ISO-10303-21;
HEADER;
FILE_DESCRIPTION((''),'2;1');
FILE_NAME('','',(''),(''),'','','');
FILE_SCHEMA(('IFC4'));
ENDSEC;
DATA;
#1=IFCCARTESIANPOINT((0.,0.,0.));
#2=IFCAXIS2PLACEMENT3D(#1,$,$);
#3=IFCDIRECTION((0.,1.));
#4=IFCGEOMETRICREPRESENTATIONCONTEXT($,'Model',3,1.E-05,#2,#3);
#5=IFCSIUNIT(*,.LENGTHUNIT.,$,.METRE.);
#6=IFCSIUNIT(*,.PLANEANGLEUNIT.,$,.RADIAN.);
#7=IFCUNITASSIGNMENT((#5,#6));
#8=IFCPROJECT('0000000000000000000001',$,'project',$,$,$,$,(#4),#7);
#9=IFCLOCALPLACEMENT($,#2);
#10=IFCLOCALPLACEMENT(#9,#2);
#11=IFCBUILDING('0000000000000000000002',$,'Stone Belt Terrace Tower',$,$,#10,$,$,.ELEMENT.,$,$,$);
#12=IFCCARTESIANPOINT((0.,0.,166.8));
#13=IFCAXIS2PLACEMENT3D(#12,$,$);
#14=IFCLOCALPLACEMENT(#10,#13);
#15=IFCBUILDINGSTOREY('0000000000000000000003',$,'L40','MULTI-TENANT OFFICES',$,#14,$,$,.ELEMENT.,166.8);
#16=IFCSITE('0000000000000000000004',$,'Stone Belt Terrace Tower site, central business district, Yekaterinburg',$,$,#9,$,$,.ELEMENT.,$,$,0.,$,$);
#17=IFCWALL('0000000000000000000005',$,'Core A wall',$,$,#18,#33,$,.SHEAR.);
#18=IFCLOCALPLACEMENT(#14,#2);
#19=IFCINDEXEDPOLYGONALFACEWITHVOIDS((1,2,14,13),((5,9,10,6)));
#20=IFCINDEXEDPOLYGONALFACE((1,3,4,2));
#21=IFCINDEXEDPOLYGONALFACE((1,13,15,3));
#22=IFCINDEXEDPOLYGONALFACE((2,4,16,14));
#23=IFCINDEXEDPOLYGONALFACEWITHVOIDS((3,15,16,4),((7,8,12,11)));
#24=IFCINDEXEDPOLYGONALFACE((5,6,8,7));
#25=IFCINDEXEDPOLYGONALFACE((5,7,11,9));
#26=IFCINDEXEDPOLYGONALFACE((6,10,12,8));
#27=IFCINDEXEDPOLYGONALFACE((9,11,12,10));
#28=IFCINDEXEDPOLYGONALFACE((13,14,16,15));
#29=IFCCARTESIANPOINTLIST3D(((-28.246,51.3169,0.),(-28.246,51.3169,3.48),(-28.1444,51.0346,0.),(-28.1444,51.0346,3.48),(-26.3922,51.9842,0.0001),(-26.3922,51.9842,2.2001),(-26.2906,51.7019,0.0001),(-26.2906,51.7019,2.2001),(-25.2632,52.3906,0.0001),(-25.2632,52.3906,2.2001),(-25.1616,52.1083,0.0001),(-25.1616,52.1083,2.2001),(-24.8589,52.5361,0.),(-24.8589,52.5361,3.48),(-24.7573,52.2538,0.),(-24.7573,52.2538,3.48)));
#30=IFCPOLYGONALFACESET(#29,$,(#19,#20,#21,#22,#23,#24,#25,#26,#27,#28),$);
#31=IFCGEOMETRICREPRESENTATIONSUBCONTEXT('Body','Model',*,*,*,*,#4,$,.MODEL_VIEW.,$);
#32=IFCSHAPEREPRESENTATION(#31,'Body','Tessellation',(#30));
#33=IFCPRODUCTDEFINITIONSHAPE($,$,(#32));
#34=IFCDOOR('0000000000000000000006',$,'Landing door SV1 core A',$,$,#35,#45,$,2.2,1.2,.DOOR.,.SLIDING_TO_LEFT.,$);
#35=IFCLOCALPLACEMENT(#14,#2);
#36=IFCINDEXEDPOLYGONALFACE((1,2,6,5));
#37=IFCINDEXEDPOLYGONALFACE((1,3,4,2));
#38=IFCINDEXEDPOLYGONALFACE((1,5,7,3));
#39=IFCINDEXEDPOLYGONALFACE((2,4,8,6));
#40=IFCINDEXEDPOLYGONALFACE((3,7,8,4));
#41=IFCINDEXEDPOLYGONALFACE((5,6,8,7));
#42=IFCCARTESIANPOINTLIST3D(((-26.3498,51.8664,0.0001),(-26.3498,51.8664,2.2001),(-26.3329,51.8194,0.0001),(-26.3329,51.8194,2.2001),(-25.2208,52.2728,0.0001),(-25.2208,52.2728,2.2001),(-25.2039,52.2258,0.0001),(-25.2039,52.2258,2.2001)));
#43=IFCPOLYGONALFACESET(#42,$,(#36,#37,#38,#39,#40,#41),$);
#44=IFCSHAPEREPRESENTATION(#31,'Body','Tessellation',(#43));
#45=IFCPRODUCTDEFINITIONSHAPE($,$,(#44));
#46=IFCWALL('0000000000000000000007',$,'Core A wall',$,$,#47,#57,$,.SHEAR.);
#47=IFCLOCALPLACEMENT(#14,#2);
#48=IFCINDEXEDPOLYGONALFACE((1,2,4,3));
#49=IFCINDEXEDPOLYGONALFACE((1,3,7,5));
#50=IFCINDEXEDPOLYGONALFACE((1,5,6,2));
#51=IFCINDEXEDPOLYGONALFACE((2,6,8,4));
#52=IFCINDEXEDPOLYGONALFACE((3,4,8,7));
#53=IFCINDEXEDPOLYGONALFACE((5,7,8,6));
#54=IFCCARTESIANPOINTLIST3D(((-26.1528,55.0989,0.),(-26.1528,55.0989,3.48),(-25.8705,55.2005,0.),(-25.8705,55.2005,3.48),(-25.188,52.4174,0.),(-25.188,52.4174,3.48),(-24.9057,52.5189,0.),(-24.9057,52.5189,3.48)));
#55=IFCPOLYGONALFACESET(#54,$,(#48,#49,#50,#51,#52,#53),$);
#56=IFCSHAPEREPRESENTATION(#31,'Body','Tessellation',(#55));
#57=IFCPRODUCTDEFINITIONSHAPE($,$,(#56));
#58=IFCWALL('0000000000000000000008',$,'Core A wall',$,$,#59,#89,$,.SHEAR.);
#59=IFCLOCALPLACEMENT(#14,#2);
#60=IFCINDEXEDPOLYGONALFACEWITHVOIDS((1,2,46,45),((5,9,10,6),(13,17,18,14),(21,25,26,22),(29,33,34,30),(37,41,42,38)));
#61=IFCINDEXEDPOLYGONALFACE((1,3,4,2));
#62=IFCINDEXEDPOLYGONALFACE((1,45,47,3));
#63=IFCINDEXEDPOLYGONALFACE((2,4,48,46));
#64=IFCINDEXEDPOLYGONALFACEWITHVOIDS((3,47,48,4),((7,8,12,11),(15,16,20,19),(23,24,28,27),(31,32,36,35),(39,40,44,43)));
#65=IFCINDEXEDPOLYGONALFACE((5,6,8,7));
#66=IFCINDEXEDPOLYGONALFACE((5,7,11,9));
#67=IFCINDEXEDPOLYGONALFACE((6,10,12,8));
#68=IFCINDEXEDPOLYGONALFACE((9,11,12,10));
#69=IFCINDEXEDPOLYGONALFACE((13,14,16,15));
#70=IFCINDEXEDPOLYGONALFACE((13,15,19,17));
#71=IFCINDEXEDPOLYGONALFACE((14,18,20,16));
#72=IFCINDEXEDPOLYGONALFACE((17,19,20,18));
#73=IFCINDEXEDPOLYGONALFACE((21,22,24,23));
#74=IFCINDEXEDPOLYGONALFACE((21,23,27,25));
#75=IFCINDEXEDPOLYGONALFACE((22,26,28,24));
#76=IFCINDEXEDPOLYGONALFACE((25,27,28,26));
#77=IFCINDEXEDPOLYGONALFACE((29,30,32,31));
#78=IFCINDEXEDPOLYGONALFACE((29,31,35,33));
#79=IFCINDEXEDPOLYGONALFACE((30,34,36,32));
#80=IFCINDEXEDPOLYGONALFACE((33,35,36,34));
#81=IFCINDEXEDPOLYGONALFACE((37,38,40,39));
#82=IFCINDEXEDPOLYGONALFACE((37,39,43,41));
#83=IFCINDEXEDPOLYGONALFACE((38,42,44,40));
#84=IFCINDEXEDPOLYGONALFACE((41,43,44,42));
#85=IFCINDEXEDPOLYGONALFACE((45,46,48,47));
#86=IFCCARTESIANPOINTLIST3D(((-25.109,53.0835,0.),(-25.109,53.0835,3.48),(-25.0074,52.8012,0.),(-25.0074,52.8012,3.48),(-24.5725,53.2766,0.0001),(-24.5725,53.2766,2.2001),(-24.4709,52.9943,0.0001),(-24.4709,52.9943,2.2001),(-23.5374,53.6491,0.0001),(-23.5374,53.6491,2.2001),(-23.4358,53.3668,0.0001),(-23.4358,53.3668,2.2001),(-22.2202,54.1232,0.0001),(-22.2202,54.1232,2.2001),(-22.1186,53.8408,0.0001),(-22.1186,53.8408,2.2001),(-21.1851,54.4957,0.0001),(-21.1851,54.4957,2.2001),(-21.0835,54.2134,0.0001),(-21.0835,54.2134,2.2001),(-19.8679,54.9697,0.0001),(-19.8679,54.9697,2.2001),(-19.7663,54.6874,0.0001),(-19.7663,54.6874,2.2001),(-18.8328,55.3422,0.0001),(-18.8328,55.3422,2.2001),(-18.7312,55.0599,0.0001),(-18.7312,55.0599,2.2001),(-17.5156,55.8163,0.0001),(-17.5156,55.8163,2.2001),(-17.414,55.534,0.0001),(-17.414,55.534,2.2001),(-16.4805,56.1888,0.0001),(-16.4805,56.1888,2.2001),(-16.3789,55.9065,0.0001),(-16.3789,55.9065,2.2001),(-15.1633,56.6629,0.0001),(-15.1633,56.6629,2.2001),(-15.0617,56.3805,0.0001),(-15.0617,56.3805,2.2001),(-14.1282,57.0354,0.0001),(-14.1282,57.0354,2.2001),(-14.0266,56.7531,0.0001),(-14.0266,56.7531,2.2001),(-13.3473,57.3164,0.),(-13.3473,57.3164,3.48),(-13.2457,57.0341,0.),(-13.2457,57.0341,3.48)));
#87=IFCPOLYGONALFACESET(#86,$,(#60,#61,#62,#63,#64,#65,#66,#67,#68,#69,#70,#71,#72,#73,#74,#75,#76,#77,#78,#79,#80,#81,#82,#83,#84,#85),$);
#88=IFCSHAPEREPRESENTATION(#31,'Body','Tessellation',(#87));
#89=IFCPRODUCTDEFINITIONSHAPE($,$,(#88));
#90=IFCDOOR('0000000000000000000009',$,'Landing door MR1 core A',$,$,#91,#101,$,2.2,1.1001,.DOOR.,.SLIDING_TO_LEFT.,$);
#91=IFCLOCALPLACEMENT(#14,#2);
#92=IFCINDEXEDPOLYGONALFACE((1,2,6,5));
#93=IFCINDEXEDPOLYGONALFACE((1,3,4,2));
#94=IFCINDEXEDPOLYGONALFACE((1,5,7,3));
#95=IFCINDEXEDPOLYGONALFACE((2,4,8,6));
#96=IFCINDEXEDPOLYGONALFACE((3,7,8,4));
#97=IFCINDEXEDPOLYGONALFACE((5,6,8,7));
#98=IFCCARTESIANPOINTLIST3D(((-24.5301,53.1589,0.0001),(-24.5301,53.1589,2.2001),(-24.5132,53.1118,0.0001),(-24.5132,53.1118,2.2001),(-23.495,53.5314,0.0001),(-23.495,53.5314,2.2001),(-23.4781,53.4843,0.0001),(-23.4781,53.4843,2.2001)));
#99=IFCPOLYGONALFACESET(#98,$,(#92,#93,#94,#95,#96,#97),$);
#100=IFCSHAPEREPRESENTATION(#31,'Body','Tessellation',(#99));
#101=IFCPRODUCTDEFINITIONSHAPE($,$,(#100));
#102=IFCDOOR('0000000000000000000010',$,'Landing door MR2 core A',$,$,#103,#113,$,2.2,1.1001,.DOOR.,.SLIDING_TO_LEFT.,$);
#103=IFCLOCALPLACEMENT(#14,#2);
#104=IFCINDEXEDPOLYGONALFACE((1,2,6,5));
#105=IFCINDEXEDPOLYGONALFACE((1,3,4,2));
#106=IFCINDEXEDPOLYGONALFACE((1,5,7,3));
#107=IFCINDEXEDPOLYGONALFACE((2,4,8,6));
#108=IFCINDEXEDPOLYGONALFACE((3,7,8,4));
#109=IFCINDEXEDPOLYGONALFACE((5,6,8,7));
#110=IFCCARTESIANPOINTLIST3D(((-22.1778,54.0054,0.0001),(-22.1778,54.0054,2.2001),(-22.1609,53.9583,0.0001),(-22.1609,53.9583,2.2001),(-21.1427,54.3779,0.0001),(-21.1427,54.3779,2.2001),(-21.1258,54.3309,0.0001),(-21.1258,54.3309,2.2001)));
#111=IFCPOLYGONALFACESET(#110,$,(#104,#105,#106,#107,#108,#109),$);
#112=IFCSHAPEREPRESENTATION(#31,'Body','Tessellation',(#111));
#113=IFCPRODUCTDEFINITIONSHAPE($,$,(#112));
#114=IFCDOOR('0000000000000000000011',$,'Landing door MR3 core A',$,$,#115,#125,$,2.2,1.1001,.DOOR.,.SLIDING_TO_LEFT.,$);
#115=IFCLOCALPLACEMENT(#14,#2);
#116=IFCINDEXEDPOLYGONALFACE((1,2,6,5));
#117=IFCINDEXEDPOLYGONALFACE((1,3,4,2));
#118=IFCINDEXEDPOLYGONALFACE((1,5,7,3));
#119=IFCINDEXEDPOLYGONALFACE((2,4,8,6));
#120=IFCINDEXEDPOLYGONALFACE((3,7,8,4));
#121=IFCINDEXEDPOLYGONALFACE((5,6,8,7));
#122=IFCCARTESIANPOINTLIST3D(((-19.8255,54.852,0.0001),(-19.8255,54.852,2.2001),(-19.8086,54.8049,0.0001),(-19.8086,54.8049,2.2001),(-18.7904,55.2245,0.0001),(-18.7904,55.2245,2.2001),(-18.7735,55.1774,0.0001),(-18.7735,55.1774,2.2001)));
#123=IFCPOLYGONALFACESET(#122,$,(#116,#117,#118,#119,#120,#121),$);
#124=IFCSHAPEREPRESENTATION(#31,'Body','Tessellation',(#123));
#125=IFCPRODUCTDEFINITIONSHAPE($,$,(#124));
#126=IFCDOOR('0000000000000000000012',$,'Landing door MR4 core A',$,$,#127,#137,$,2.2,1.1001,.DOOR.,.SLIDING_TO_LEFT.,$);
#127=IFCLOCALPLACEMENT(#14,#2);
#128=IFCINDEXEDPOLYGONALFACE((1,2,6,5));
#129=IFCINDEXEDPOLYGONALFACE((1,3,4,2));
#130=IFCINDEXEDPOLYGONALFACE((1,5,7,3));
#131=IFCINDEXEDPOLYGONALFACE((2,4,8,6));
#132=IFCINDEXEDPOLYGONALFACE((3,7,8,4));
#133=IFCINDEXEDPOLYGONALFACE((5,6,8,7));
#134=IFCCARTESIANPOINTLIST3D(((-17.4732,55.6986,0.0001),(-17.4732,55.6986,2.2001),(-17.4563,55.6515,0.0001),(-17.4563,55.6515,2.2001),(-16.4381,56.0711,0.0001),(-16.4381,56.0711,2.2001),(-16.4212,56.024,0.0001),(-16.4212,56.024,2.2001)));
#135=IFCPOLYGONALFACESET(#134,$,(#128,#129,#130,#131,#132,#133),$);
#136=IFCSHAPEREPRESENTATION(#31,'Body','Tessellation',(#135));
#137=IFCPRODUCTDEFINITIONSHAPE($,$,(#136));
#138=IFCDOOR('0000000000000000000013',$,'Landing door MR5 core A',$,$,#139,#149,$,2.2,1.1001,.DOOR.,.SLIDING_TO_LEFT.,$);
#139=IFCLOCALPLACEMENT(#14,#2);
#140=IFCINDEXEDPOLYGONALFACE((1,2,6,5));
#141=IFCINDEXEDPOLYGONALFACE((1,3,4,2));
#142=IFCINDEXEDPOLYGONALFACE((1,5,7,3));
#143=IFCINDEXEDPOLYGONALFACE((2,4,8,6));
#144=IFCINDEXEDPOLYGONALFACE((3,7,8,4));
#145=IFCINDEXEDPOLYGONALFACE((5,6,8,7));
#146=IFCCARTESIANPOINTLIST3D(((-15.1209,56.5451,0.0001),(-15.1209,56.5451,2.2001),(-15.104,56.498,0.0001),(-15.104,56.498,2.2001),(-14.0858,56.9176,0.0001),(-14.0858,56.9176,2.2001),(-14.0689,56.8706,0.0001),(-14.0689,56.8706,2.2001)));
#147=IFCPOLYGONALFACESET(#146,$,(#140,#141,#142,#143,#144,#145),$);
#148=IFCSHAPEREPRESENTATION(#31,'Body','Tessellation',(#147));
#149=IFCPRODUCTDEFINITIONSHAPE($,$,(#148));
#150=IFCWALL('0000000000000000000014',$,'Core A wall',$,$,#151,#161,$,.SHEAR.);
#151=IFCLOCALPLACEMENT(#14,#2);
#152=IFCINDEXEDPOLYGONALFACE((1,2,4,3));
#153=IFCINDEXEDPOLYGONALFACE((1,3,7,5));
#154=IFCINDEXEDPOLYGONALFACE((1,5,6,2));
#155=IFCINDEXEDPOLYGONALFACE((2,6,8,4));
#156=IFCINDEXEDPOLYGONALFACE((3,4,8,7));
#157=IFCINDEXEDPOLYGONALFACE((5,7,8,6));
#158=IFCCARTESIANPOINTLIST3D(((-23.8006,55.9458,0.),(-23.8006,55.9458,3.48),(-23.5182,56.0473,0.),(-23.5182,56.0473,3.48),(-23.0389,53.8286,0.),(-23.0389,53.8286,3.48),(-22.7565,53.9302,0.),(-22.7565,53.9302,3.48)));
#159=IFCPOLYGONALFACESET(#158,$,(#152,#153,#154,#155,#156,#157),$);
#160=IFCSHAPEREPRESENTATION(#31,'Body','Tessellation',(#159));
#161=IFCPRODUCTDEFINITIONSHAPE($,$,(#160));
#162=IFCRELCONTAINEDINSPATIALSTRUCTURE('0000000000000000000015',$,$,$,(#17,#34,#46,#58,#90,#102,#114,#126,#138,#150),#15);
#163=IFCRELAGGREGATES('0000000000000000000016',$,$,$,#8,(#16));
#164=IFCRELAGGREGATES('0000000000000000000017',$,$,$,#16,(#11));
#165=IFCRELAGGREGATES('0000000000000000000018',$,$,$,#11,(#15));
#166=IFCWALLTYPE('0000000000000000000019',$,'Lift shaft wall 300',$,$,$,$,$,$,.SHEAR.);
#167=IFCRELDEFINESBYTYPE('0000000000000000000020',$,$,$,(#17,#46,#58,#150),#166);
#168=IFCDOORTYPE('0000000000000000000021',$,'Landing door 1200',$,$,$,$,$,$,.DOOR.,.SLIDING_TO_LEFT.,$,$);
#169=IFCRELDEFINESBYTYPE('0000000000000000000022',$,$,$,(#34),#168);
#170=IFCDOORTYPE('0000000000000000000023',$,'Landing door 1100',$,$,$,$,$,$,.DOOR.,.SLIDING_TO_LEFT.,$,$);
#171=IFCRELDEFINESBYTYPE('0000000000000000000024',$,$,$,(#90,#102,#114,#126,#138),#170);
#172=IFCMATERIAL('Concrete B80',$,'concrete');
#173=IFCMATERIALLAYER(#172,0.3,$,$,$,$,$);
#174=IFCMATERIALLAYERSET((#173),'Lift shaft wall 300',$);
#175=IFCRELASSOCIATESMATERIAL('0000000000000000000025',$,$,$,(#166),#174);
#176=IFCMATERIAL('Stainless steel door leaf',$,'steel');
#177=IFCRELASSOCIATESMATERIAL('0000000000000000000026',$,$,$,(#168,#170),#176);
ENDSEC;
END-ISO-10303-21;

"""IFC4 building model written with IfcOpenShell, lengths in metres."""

from ifc_helpers import new_model, si_unit, direction, frame, frame_2d, origin, place, context, subcontext, project, spatial, rectangle, extrude, material, layer, layer_set, type_object, element, fill, save


model = new_model("IFC4")

# Units and contexts
model_context = context("Model", 3, precision=1e-05, world=origin(), true_north=direction((0.0, 1.0)))
body_context = subcontext(model_context, "Body", "Model", "MODEL_VIEW")
ifc_project = project(units=[si_unit("LENGTHUNIT", "METRE"), si_unit("PLANEANGLEUNIT", "RADIAN")], contexts=[model_context])

# Site, building, storey
site_placement = place(None, origin())
site = spatial("IfcSite", under=ifc_project, at=site_placement, Name="Stone Belt Terrace Tower site, central business district, Yekaterinburg", CompositionType="ELEMENT", RefElevation=0.0)
building_placement = place(site_placement, origin())
building = spatial("IfcBuilding", under=site, at=building_placement, Name="Stone Belt Terrace Tower", CompositionType="ELEMENT")
storey_placement = place(building_placement, frame((0.0, 0.0, 166.8)))
storey = spatial("IfcBuildingStorey", under=building, at=storey_placement, Name="L40", Description="MULTI-TENANT OFFICES", CompositionType="ELEMENT", Elevation=166.8)

# Shared definitions
ifc_material_1 = material(Name="Concrete B80", Category="concrete")

# Wall, opening, door
ifc_layer_1 = layer(ifc_material_1, 0.3)
ifc_layer_set_1 = layer_set([ifc_layer_1], Name="Lift shaft wall 300")
wall_type_1 = type_object("IfcWallType", Name="Lift shaft wall 300", PredefinedType="SHEAR", material=ifc_layer_set_1)
wall_1_placement = place(storey_placement, frame((-28.1951, 51.1758, 0.0), z_axis=(0.0, 0.0, 1.0), x_axis=(0.940901, 0.338681, 0.0)))
wall_1 = element("IfcWall", 1, at=wall_1_placement, inside=storey, type_object=wall_type_1, Name="Core A wall", PredefinedType="SHEAR", context=body_context, shape_type="SweptSolid", body=[
    extrude(rectangle(XDim=3.5999, YDim=0.3, at=frame_2d((1.7998, 0.0))), origin(), (0.0, 0.0, 1.0), 3.48),
])
opening_1_placement = place(wall_1_placement, frame((1.97, 0.0, 0.0)))
opening_1 = element("IfcOpeningElement", 2, at=opening_1_placement, cuts=wall_1, PredefinedType="OPENING", context=body_context, shape_type="SweptSolid", body=[
    extrude(rectangle(XDim=1.2, YDim=2.2, at=frame_2d((0.6001, 1.1001))), frame((0.0, 0.1599, 0.0), z_axis=(0.0, -1.0, 0.0), x_axis=(1.0, 0.0, 0.0)), (0.0, 0.0, 1.0), 0.3201),
])
ifc_material_2 = material(Name="Stainless steel door leaf", Category="steel")
door_type_1 = type_object("IfcDoorType", Name="Landing door 1200", OperationType="SLIDING_TO_LEFT", PredefinedType="DOOR", material=ifc_material_2)
door_1_placement = place(opening_1_placement, origin())
door_1 = element("IfcDoor", 3, at=door_1_placement, inside=storey, type_object=door_type_1, Name="Landing door SV1 core A", OperationType="SLIDING_TO_LEFT", OverallHeight=2.2, OverallWidth=1.2, PredefinedType="DOOR", context=body_context, shape_type="SweptSolid", body=[
    extrude(rectangle(XDim=1.2, YDim=2.2, at=frame_2d((0.6001, 1.1001))), frame((0.0, 0.0249, 0.0), z_axis=(0.0, -1.0, 0.0), x_axis=(1.0, 0.0, 0.0)), (0.0, 0.0, 1.0), 0.05),
])
fill(opening_1, door_1)

# Wall
wall_2_placement = place(storey_placement, frame((-25.0469, 52.4683, 0.0), z_axis=(0.0, 0.0, 1.0), x_axis=(-0.33855, 0.940949, 0.0)))
element("IfcWall", 4, at=wall_2_placement, inside=storey, type_object=wall_type_1, Name="Core A wall", PredefinedType="SHEAR", context=body_context, shape_type="SweptSolid", body=[
    extrude(rectangle(XDim=2.8499, YDim=0.3, at=frame_2d((1.4248, 0.0))), origin(), (0.0, 0.0, 1.0), 3.48),
])

# Wall, openings, doors
wall_3_placement = place(storey_placement, frame((-25.0581, 52.9424, 0.0), z_axis=(0.0, 0.0, 1.0), x_axis=(0.940921, 0.338627, 0.0)))
wall_3 = element("IfcWall", 5, at=wall_3_placement, inside=storey, type_object=wall_type_1, Name="Core A wall", PredefinedType="SHEAR", context=body_context, shape_type="SweptSolid", body=[
    extrude(rectangle(XDim=12.5002, YDim=0.3, at=frame_2d((6.25, 0.0))), origin(), (0.0, 0.0, 1.0), 3.48),
])
opening_2_placement = place(wall_3_placement, frame((0.5701, 0.0, 0.0)))
opening_2 = element("IfcOpeningElement", 6, at=opening_2_placement, cuts=wall_3, PredefinedType="OPENING", context=body_context, shape_type="SweptSolid", body=[
    extrude(rectangle(XDim=1.1001, YDim=2.2, at=frame_2d((0.55, 1.1001))), frame((0.0, 0.1599, 0.0), z_axis=(0.0, -1.0, 0.0), x_axis=(1.0, 0.0, 0.0)), (0.0, 0.0, 1.0), 0.3201),
])
opening_3_placement = place(wall_3_placement, frame((3.0701, 0.0, 0.0)))
opening_3 = element("IfcOpeningElement", 7, at=opening_3_placement, cuts=wall_3, PredefinedType="OPENING", context=body_context, shape_type="SweptSolid", body=[
    extrude(rectangle(XDim=1.1001, YDim=2.2, at=frame_2d((0.55, 1.1001))), frame((0.0, 0.1599, 0.0), z_axis=(0.0, -1.0, 0.0), x_axis=(1.0, 0.0, 0.0)), (0.0, 0.0, 1.0), 0.3201),
])
opening_4_placement = place(wall_3_placement, frame((5.5701, 0.0, 0.0)))
opening_4 = element("IfcOpeningElement", 8, at=opening_4_placement, cuts=wall_3, PredefinedType="OPENING", context=body_context, shape_type="SweptSolid", body=[
    extrude(rectangle(XDim=1.1001, YDim=2.2, at=frame_2d((0.55, 1.1001))), frame((0.0, 0.1599, 0.0), z_axis=(0.0, -1.0, 0.0), x_axis=(1.0, 0.0, 0.0)), (0.0, 0.0, 1.0), 0.3201),
])
opening_5_placement = place(wall_3_placement, frame((8.0701, 0.0, 0.0)))
opening_5 = element("IfcOpeningElement", 9, at=opening_5_placement, cuts=wall_3, PredefinedType="OPENING", context=body_context, shape_type="SweptSolid", body=[
    extrude(rectangle(XDim=1.1001, YDim=2.2, at=frame_2d((0.55, 1.1001))), frame((0.0, 0.1599, 0.0), z_axis=(0.0, -1.0, 0.0), x_axis=(1.0, 0.0, 0.0)), (0.0, 0.0, 1.0), 0.3201),
])
opening_6_placement = place(wall_3_placement, frame((10.5701, 0.0, 0.0)))
opening_6 = element("IfcOpeningElement", 10, at=opening_6_placement, cuts=wall_3, PredefinedType="OPENING", context=body_context, shape_type="SweptSolid", body=[
    extrude(rectangle(XDim=1.1001, YDim=2.2, at=frame_2d((0.55, 1.1001))), frame((0.0, 0.1599, 0.0), z_axis=(0.0, -1.0, 0.0), x_axis=(1.0, 0.0, 0.0)), (0.0, 0.0, 1.0), 0.3201),
])
door_type_2 = type_object("IfcDoorType", Name="Landing door 1100", OperationType="SLIDING_TO_LEFT", PredefinedType="DOOR", material=ifc_material_2)
door_2_placement = place(opening_2_placement, origin())
door_2 = element("IfcDoor", 11, at=door_2_placement, inside=storey, type_object=door_type_2, Name="Landing door MR1 core A", OperationType="SLIDING_TO_LEFT", OverallHeight=2.2, OverallWidth=1.1001, PredefinedType="DOOR", context=body_context, shape_type="SweptSolid", body=[
    extrude(rectangle(XDim=1.1001, YDim=2.2, at=frame_2d((0.55, 1.1001))), frame((0.0, 0.0249, 0.0), z_axis=(0.0, -1.0, 0.0), x_axis=(1.0, 0.0, 0.0)), (0.0, 0.0, 1.0), 0.05),
])
fill(opening_2, door_2)
door_3_placement = place(opening_3_placement, origin())
door_3 = element("IfcDoor", 12, at=door_3_placement, inside=storey, type_object=door_type_2, Name="Landing door MR2 core A", OperationType="SLIDING_TO_LEFT", OverallHeight=2.2, OverallWidth=1.1001, PredefinedType="DOOR", context=body_context, shape_type="SweptSolid", body=[
    extrude(rectangle(XDim=1.1001, YDim=2.2, at=frame_2d((0.55, 1.1001))), frame((0.0, 0.0249, 0.0), z_axis=(0.0, -1.0, 0.0), x_axis=(1.0, 0.0, 0.0)), (0.0, 0.0, 1.0), 0.05),
])
fill(opening_3, door_3)
door_4_placement = place(opening_4_placement, origin())
door_4 = element("IfcDoor", 13, at=door_4_placement, inside=storey, type_object=door_type_2, Name="Landing door MR3 core A", OperationType="SLIDING_TO_LEFT", OverallHeight=2.2, OverallWidth=1.1001, PredefinedType="DOOR", context=body_context, shape_type="SweptSolid", body=[
    extrude(rectangle(XDim=1.1001, YDim=2.2, at=frame_2d((0.55, 1.1001))), frame((0.0, 0.0249, 0.0), z_axis=(0.0, -1.0, 0.0), x_axis=(1.0, 0.0, 0.0)), (0.0, 0.0, 1.0), 0.05),
])
fill(opening_4, door_4)
door_5_placement = place(opening_5_placement, origin())
door_5 = element("IfcDoor", 14, at=door_5_placement, inside=storey, type_object=door_type_2, Name="Landing door MR4 core A", OperationType="SLIDING_TO_LEFT", OverallHeight=2.2, OverallWidth=1.1001, PredefinedType="DOOR", context=body_context, shape_type="SweptSolid", body=[
    extrude(rectangle(XDim=1.1001, YDim=2.2, at=frame_2d((0.55, 1.1001))), frame((0.0, 0.0249, 0.0), z_axis=(0.0, -1.0, 0.0), x_axis=(1.0, 0.0, 0.0)), (0.0, 0.0, 1.0), 0.05),
])
fill(opening_5, door_5)
door_6_placement = place(opening_6_placement, origin())
door_6 = element("IfcDoor", 15, at=door_6_placement, inside=storey, type_object=door_type_2, Name="Landing door MR5 core A", OperationType="SLIDING_TO_LEFT", OverallHeight=2.2, OverallWidth=1.1001, PredefinedType="DOOR", context=body_context, shape_type="SweptSolid", body=[
    extrude(rectangle(XDim=1.1001, YDim=2.2, at=frame_2d((0.55, 1.1001))), frame((0.0, 0.0249, 0.0), z_axis=(0.0, -1.0, 0.0), x_axis=(1.0, 0.0, 0.0)), (0.0, 0.0, 1.0), 0.05),
])
fill(opening_6, door_6)

# Wall
wall_4_placement = place(storey_placement, frame((-22.8977, 53.8794, 0.0), z_axis=(0.0, 0.0, 1.0), x_axis=(-0.338535, 0.940954, 0.0)))
element("IfcWall", 16, at=wall_4_placement, inside=storey, type_object=wall_type_1, Name="Core A wall", PredefinedType="SHEAR", context=body_context, shape_type="SweptSolid", body=[
    extrude(rectangle(XDim=2.25, YDim=0.3, at=frame_2d((1.125, 0.0))), origin(), (0.0, 0.0, 1.0), 3.48),
])

save(model, "model.ifc")
